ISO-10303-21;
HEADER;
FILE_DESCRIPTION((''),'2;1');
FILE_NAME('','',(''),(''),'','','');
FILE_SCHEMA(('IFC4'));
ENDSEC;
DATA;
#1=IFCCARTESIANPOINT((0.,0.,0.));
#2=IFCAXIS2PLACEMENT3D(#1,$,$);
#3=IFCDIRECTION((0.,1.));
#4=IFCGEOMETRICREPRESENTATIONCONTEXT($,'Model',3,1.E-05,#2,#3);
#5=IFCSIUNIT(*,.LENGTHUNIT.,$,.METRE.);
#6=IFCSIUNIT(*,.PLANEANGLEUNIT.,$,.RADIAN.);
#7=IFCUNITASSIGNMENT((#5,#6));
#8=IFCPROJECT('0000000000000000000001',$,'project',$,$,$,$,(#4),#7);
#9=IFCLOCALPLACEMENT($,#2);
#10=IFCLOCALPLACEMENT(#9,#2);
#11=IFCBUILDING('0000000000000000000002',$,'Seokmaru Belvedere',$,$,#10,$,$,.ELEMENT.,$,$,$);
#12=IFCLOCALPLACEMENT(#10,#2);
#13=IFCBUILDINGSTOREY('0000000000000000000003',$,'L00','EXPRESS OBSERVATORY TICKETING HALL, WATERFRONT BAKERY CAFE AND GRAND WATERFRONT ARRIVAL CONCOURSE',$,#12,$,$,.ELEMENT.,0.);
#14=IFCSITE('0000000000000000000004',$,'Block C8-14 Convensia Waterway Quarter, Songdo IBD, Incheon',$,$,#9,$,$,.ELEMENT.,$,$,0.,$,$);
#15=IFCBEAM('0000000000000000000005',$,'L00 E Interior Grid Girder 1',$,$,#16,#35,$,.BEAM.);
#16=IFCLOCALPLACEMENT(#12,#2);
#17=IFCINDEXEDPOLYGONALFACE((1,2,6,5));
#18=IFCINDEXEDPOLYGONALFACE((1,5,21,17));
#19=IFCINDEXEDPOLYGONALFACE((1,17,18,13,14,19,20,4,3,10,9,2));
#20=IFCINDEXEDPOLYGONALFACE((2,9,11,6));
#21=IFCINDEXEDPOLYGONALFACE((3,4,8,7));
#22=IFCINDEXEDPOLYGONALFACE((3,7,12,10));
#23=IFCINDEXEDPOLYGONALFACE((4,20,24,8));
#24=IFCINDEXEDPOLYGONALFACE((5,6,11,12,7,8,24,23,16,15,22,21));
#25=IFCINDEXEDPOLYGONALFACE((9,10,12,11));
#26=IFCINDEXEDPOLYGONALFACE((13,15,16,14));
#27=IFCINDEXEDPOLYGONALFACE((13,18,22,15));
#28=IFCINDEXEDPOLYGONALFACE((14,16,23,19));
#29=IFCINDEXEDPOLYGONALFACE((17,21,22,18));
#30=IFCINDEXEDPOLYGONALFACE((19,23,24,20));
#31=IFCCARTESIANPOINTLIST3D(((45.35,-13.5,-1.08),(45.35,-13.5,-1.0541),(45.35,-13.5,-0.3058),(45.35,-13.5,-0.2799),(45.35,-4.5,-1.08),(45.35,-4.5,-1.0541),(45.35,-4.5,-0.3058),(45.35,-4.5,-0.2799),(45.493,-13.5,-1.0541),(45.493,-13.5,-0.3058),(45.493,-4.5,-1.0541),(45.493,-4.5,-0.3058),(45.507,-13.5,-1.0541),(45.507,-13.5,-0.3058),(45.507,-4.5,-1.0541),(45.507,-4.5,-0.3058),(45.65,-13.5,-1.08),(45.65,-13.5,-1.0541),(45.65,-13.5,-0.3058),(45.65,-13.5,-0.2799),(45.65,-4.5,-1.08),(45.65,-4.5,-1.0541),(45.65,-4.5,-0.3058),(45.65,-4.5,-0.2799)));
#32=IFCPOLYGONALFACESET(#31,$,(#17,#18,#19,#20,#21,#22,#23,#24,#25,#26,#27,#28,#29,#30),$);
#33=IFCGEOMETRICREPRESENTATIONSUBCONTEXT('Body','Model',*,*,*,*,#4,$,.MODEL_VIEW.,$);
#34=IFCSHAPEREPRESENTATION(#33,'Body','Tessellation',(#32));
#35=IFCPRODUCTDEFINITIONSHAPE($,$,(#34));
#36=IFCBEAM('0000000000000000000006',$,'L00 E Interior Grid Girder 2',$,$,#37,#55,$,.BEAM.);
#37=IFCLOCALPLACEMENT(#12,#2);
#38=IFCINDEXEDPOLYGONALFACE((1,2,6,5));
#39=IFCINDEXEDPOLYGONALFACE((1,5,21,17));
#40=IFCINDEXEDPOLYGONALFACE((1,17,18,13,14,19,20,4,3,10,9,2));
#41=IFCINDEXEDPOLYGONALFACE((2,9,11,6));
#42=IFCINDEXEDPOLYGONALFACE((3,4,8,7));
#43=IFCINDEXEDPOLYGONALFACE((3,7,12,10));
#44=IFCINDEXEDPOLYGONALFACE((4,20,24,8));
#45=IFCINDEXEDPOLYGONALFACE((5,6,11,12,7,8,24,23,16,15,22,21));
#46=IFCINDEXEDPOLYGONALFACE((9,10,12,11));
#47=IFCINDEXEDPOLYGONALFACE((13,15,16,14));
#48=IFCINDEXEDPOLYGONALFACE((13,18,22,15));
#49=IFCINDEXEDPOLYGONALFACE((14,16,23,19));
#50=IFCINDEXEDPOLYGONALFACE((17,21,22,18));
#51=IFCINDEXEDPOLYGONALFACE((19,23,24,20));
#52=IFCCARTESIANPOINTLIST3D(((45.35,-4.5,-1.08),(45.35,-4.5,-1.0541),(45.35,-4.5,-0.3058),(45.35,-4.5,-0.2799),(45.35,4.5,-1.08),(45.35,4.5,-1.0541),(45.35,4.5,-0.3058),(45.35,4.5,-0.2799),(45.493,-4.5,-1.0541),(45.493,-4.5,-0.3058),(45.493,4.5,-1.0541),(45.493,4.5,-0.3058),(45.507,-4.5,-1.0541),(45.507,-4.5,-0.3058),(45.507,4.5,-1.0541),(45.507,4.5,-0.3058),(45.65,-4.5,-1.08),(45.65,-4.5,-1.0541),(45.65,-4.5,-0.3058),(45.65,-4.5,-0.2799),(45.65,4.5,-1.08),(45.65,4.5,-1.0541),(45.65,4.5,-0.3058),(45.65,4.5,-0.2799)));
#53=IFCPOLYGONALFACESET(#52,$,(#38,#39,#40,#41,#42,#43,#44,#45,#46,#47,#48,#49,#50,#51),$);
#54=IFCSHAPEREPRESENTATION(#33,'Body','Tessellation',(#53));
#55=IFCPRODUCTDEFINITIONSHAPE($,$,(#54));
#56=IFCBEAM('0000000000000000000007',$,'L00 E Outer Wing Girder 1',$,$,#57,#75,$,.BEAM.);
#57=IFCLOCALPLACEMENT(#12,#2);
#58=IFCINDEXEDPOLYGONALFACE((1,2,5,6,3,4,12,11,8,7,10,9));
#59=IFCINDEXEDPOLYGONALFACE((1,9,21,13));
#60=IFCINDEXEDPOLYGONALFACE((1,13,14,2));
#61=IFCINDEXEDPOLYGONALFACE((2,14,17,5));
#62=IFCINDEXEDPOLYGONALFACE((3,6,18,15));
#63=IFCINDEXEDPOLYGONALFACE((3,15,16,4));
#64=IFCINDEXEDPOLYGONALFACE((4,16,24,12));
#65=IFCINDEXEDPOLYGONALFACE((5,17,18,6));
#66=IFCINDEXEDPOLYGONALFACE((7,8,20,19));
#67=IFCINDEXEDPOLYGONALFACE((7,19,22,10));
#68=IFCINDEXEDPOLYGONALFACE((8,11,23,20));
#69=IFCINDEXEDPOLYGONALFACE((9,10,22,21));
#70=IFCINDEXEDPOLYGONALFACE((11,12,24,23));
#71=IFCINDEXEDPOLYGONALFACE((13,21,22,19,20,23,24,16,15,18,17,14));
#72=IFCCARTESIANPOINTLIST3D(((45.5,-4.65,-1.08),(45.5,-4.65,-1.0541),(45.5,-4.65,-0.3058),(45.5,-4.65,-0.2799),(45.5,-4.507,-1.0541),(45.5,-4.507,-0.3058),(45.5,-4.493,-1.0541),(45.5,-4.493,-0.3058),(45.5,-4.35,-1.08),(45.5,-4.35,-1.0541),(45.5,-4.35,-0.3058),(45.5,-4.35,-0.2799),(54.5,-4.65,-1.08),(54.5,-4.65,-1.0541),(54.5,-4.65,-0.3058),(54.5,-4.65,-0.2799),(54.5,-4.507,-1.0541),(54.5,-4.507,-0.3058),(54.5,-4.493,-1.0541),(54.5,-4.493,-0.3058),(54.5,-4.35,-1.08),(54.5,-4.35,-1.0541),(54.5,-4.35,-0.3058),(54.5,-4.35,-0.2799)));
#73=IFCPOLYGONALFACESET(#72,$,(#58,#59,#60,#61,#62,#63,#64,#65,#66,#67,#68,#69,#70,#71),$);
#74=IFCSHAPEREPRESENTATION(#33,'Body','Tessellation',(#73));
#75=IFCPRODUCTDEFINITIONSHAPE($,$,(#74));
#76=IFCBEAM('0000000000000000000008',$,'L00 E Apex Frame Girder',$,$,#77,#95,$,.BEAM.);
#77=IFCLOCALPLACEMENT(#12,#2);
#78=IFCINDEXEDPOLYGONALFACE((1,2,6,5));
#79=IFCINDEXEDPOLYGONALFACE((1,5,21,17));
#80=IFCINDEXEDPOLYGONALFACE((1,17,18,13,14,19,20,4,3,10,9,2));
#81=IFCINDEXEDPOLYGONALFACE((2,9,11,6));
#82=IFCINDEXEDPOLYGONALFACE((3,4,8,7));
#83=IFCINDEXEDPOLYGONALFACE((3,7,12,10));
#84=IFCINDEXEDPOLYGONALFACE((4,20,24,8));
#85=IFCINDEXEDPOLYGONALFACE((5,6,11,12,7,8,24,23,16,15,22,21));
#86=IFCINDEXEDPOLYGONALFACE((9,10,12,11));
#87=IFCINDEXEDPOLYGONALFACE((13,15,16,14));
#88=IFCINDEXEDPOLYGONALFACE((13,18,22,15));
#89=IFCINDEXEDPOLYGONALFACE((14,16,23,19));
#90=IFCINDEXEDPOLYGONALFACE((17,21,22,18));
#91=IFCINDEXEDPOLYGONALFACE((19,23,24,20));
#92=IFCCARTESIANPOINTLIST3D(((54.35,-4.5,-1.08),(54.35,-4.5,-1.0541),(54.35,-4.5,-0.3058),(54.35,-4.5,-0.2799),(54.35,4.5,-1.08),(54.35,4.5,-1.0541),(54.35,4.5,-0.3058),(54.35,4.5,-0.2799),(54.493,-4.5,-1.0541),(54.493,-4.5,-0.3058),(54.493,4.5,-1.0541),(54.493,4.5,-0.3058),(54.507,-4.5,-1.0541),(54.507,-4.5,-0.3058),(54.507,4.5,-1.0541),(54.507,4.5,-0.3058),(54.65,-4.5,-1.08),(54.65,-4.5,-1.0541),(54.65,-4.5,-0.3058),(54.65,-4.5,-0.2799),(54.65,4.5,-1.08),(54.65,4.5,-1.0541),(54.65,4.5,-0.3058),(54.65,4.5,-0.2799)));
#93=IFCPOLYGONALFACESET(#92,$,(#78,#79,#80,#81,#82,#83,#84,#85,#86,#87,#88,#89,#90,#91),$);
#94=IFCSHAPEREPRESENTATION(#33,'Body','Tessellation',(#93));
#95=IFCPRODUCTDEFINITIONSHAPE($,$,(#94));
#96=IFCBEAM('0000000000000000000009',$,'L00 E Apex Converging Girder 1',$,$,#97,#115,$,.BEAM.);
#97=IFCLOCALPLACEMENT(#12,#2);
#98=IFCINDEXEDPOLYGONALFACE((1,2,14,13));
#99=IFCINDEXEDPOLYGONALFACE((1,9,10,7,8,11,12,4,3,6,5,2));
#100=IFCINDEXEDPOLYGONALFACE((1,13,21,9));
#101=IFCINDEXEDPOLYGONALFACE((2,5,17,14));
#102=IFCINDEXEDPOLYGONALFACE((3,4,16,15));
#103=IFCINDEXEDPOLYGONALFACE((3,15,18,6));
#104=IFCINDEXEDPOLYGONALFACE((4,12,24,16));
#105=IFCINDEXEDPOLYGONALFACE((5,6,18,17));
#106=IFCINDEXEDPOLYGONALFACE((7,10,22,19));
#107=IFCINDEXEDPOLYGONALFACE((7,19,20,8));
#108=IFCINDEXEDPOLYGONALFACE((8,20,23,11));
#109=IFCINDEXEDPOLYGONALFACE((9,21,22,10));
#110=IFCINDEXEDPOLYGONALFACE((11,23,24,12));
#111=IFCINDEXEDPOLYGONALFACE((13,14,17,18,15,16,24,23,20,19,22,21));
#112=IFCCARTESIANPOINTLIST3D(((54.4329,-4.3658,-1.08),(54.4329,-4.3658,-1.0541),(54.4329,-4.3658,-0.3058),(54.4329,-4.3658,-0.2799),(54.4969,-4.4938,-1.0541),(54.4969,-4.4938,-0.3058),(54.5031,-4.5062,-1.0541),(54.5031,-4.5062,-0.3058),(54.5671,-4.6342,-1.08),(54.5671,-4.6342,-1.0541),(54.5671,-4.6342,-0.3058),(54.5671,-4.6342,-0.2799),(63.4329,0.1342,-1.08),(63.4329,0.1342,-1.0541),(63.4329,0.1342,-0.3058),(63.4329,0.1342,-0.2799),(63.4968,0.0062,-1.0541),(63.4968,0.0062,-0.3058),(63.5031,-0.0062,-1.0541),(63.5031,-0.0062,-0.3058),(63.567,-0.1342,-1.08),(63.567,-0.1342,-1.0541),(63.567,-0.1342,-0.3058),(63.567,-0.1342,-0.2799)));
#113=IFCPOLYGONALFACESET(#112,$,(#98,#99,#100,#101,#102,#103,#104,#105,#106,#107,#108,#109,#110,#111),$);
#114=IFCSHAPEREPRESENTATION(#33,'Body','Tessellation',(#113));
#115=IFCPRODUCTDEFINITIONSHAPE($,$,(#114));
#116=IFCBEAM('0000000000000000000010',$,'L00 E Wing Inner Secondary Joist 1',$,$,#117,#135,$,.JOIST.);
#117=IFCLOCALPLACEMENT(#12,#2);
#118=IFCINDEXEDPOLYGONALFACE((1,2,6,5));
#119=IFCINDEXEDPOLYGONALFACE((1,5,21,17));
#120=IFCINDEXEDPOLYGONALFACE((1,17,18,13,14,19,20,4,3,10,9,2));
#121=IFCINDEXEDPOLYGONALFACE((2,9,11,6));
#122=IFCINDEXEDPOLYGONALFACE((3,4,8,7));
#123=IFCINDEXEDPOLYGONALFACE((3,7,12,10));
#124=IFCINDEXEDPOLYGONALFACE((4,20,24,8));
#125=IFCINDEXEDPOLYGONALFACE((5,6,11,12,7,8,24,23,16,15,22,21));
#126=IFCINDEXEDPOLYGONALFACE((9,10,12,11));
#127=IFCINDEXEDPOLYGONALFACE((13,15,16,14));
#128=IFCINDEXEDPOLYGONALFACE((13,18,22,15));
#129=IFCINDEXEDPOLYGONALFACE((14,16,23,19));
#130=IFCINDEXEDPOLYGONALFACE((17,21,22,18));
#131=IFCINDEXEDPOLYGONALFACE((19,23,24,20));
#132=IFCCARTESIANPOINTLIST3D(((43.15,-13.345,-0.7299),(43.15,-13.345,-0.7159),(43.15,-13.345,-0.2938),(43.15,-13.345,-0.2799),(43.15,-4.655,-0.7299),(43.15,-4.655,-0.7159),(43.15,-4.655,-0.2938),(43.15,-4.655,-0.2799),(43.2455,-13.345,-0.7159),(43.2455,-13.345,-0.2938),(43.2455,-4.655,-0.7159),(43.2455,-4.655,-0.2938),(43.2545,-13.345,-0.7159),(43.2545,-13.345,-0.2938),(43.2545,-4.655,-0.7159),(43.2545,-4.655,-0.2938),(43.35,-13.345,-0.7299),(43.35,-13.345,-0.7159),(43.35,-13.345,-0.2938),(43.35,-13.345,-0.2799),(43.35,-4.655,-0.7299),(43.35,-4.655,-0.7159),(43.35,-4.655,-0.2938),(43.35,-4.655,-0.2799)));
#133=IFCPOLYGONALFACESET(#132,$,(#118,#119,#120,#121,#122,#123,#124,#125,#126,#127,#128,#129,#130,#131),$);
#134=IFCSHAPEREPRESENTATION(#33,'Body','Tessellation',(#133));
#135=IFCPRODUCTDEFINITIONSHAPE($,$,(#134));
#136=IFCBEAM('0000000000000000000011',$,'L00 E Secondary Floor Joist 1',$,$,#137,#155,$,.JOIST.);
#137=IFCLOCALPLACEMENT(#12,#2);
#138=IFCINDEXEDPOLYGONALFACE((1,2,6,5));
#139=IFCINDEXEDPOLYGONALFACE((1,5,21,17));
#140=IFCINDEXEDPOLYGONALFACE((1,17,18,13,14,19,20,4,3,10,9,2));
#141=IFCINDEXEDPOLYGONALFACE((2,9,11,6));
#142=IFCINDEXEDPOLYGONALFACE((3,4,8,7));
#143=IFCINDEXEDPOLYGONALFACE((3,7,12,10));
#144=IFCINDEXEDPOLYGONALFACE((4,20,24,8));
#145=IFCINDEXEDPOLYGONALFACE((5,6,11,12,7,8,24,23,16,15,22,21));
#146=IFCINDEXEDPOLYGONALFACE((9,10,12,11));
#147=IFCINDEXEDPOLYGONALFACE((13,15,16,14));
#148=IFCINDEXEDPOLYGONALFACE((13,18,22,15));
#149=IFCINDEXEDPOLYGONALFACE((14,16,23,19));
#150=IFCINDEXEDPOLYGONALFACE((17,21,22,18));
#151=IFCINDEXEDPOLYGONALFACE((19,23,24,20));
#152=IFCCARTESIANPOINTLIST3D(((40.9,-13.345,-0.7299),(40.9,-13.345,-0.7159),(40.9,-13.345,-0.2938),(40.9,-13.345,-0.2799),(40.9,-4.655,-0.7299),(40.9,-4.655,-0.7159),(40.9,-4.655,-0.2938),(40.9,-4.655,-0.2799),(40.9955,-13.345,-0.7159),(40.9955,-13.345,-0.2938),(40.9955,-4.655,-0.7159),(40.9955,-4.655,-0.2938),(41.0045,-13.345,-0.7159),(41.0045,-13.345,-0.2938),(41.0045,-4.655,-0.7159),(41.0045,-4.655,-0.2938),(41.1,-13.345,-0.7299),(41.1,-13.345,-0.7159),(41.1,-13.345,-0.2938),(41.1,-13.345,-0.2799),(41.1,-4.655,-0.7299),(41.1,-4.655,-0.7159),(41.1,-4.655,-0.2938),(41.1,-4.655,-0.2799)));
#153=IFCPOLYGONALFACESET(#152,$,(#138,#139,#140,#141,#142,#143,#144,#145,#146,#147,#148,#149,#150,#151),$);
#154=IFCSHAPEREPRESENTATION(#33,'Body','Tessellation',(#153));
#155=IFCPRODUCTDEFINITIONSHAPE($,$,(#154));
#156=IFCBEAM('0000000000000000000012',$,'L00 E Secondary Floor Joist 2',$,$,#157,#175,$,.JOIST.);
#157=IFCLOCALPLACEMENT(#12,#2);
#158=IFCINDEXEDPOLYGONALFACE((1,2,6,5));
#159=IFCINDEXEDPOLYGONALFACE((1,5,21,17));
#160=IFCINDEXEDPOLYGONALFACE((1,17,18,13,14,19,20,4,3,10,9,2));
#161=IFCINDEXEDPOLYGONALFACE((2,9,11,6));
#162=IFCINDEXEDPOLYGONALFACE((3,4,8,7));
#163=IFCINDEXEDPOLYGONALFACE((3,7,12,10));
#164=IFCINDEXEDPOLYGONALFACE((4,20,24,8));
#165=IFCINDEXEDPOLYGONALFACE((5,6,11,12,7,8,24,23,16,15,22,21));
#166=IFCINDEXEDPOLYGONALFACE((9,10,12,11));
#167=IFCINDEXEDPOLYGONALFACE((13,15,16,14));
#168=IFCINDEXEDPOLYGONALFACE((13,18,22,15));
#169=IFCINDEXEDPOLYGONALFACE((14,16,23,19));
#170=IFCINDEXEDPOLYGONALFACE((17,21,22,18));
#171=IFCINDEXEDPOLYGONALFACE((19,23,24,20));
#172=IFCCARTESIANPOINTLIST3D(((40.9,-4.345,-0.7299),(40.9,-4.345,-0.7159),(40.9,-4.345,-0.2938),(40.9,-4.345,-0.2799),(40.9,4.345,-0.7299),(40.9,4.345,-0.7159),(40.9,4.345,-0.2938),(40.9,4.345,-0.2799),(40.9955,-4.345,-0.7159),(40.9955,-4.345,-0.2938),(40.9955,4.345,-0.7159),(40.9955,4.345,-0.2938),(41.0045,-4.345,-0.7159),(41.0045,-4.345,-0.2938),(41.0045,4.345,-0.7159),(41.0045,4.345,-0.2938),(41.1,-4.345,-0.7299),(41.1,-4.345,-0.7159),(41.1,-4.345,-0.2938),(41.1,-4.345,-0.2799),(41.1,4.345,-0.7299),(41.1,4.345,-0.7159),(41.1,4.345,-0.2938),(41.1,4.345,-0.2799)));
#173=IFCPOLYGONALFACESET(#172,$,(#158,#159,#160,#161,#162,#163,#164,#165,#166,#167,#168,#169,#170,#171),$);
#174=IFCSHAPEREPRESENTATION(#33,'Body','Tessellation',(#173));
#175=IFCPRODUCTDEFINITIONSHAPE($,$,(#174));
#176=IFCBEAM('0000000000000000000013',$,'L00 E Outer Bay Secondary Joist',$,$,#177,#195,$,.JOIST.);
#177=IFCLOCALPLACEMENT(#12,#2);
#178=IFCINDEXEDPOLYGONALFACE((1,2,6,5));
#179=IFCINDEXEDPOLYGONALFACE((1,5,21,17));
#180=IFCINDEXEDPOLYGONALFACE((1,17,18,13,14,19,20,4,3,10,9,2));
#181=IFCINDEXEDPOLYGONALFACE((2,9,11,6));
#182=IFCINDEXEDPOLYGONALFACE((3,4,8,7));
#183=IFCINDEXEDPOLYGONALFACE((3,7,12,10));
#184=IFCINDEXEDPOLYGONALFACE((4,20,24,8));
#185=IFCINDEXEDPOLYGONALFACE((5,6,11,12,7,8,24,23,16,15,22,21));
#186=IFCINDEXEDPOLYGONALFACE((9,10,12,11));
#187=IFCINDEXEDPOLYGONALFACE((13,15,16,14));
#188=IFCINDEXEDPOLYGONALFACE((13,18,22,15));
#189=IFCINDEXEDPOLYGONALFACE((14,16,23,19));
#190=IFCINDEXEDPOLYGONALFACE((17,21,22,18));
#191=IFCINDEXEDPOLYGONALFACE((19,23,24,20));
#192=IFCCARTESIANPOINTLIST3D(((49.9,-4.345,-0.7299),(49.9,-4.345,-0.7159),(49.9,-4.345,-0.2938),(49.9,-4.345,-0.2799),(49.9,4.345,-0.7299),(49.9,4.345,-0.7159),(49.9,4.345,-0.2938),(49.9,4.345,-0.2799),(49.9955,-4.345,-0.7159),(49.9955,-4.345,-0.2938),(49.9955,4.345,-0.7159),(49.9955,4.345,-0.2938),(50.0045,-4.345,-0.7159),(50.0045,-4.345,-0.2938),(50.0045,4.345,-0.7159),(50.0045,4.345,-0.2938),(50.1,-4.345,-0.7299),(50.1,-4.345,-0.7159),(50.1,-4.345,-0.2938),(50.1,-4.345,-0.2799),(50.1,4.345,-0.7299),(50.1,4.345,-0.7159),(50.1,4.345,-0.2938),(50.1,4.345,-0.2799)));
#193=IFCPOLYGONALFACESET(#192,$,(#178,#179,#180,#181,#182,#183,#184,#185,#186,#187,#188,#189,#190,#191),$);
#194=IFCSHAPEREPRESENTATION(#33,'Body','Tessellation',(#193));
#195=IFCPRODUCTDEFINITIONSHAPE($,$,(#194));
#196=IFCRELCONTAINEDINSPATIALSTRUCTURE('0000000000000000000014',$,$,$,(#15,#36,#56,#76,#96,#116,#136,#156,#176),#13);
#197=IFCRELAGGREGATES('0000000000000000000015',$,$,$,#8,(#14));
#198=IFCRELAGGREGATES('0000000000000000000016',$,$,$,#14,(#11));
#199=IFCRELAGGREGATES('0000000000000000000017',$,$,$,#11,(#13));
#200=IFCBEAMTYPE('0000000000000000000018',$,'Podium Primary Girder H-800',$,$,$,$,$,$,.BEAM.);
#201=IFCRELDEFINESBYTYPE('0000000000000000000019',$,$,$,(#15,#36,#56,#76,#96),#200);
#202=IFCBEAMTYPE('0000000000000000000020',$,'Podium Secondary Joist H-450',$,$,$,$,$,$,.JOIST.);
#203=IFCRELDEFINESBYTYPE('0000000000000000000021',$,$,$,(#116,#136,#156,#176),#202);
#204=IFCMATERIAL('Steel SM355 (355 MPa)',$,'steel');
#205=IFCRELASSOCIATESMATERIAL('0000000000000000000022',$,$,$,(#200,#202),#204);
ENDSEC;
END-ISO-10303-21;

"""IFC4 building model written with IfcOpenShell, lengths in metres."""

from ifc_helpers import new_model, si_unit, direction, frame, origin, origin_2d, place, context, subcontext, project, spatial, i_section, extrude, source, transform, mapped, material, material_profile, profile_set, type_object, type_shapes, element, save


model = new_model("IFC4")

# Units and contexts
model_context = context("Model", 3, precision=1e-05, world=origin(), true_north=direction((0.0, 1.0)))
body_context = subcontext(model_context, "Body", "Model", "MODEL_VIEW")
ifc_project = project(units=[si_unit("LENGTHUNIT", "METRE"), si_unit("PLANEANGLEUNIT", "RADIAN")], contexts=[model_context])

# Site, building, storey
site_placement = place(None, origin())
site = spatial("IfcSite", under=ifc_project, at=site_placement, Name="Block C8-14 Convensia Waterway Quarter, Songdo IBD, Incheon", CompositionType="ELEMENT", RefElevation=0.0)
building_placement = place(site_placement, origin())
building = spatial("IfcBuilding", under=site, at=building_placement, Name="Seokmaru Belvedere", CompositionType="ELEMENT")
storey_placement = place(building_placement, origin())
storey = spatial("IfcBuildingStorey", under=building, at=storey_placement, Name="L00", Description="EXPRESS OBSERVATORY TICKETING HALL, WATERFRONT BAKERY CAFE AND GRAND WATERFRONT ARRIVAL CONCOURSE", CompositionType="ELEMENT", Elevation=0.0)

# Shared definitions
ifc_material_1 = material(Name="Steel SM355 (355 MPa)", Category="steel")

# Beams
ifc_material_profile_1 = material_profile(ifc_material_1, i_section(OverallWidth=0.3, OverallDepth=0.8, WebThickness=0.0139, FlangeThickness=0.0259, at=origin_2d()), Name="H-800x300x14x26")
ifc_profile_set_1 = profile_set([ifc_material_profile_1], Name="Steel SM355 (355 MPa)")
beam_type_1 = type_object("IfcBeamType", Name="Podium Primary Girder H-800", PredefinedType="BEAM", material=ifc_profile_set_1)
shared_shape_1 = source(origin(), body_context, "Body", "SweptSolid", [
    extrude(i_section(OverallWidth=0.3, OverallDepth=0.8, WebThickness=0.0139, FlangeThickness=0.0259, at=origin_2d()), origin(), (0.0, 0.0, 1.0), 9.0),
])
for number, where, z_axis, x_axis, name in (
    (1, (45.5, -13.5, -0.6799), (0.0, 1.0, 0.0), (-1.0, 0.0, 0.0), "L00 E Interior Grid Girder 1"),
    (2, (45.5, -4.5, -0.6799), (0.0, 1.0, 0.0), (-1.0, 0.0, 0.0), "L00 E Interior Grid Girder 2"),
    (3, (45.5, -4.5, -0.6799), (1.0, 0.0, 0.0), (0.0, 1.0, 0.0), "L00 E Outer Wing Girder 1"),
    (4, (54.5, -4.5, -0.6799), (0.0, 1.0, 0.0), (-1.0, 0.0, 0.0), "L00 E Apex Frame Girder"),
):
    element("IfcBeam", number, at=place(storey_placement, frame(where, z_axis=z_axis, x_axis=x_axis)), inside=storey, type_object=beam_type_1, Name=name, PredefinedType="BEAM", context=body_context, shape_type="MappedRepresentation", body=[
        mapped(shared_shape_1, transform((0.0, 0.0, 0.0), scale=1.0)),
    ])
shared_shape_2 = source(origin(), body_context, "Body", "SweptSolid", [
    extrude(i_section(OverallWidth=0.3, OverallDepth=0.8, WebThickness=0.0139, FlangeThickness=0.0259, at=origin_2d()), origin(), (0.0, 0.0, 1.0), 10.0623),
])
beam_1_placement = place(storey_placement, frame((54.5, -4.5, -0.6799), z_axis=(0.894427, 0.447214, 0.0), x_axis=(-0.447214, 0.894427, 0.0)))
element("IfcBeam", 5, at=beam_1_placement, inside=storey, type_object=beam_type_1, Name="L00 E Apex Converging Girder 1", PredefinedType="BEAM", context=body_context, shape_type="MappedRepresentation", body=[
    mapped(shared_shape_2, transform((0.0, 0.0, 0.0), scale=1.0)),
])
ifc_material_profile_2 = material_profile(ifc_material_1, i_section(OverallWidth=0.2, OverallDepth=0.45, WebThickness=0.009, FlangeThickness=0.0139, at=origin_2d()), Name="H-450x200x9x14")
ifc_profile_set_2 = profile_set([ifc_material_profile_2], Name="Steel SM355 (355 MPa)")
beam_type_2 = type_object("IfcBeamType", Name="Podium Secondary Joist H-450", PredefinedType="JOIST", material=ifc_profile_set_2)
shared_shape_3 = source(origin(), body_context, "Body", "SweptSolid", [
    extrude(i_section(OverallWidth=0.2, OverallDepth=0.45, WebThickness=0.009, FlangeThickness=0.0139, at=origin_2d()), origin(), (0.0, 0.0, 1.0), 8.6899),
])
type_shapes(beam_type_2, [shared_shape_3])
for number, where, z_axis, x_axis, name in (
    (6, (43.25, -13.345, -0.5049), (0.0, 1.0, 0.0), (-1.0, 0.0, 0.0), "L00 E Wing Inner Secondary Joist 1"),
    (7, (41.0, -13.345, -0.5049), (0.0, 1.0, 0.0), (-1.0, 0.0, 0.0), "L00 E Secondary Floor Joist 1"),
    (8, (41.0, -4.345, -0.5049), (0.0, 1.0, 0.0), (-1.0, 0.0, 0.0), "L00 E Secondary Floor Joist 2"),
    (9, (50.0, -4.345, -0.5049), (0.0, 1.0, 0.0), (-1.0, 0.0, 0.0), "L00 E Outer Bay Secondary Joist"),
):
    element("IfcBeam", number, at=place(storey_placement, frame(where, z_axis=z_axis, x_axis=x_axis)), inside=storey, type_object=beam_type_2, Name=name, PredefinedType="JOIST", context=body_context, shape_type="MappedRepresentation", body=[
        mapped(shared_shape_3, transform((0.0, 0.0, 0.0), scale=1.0)),
    ])

save(model, "model.ifc")
